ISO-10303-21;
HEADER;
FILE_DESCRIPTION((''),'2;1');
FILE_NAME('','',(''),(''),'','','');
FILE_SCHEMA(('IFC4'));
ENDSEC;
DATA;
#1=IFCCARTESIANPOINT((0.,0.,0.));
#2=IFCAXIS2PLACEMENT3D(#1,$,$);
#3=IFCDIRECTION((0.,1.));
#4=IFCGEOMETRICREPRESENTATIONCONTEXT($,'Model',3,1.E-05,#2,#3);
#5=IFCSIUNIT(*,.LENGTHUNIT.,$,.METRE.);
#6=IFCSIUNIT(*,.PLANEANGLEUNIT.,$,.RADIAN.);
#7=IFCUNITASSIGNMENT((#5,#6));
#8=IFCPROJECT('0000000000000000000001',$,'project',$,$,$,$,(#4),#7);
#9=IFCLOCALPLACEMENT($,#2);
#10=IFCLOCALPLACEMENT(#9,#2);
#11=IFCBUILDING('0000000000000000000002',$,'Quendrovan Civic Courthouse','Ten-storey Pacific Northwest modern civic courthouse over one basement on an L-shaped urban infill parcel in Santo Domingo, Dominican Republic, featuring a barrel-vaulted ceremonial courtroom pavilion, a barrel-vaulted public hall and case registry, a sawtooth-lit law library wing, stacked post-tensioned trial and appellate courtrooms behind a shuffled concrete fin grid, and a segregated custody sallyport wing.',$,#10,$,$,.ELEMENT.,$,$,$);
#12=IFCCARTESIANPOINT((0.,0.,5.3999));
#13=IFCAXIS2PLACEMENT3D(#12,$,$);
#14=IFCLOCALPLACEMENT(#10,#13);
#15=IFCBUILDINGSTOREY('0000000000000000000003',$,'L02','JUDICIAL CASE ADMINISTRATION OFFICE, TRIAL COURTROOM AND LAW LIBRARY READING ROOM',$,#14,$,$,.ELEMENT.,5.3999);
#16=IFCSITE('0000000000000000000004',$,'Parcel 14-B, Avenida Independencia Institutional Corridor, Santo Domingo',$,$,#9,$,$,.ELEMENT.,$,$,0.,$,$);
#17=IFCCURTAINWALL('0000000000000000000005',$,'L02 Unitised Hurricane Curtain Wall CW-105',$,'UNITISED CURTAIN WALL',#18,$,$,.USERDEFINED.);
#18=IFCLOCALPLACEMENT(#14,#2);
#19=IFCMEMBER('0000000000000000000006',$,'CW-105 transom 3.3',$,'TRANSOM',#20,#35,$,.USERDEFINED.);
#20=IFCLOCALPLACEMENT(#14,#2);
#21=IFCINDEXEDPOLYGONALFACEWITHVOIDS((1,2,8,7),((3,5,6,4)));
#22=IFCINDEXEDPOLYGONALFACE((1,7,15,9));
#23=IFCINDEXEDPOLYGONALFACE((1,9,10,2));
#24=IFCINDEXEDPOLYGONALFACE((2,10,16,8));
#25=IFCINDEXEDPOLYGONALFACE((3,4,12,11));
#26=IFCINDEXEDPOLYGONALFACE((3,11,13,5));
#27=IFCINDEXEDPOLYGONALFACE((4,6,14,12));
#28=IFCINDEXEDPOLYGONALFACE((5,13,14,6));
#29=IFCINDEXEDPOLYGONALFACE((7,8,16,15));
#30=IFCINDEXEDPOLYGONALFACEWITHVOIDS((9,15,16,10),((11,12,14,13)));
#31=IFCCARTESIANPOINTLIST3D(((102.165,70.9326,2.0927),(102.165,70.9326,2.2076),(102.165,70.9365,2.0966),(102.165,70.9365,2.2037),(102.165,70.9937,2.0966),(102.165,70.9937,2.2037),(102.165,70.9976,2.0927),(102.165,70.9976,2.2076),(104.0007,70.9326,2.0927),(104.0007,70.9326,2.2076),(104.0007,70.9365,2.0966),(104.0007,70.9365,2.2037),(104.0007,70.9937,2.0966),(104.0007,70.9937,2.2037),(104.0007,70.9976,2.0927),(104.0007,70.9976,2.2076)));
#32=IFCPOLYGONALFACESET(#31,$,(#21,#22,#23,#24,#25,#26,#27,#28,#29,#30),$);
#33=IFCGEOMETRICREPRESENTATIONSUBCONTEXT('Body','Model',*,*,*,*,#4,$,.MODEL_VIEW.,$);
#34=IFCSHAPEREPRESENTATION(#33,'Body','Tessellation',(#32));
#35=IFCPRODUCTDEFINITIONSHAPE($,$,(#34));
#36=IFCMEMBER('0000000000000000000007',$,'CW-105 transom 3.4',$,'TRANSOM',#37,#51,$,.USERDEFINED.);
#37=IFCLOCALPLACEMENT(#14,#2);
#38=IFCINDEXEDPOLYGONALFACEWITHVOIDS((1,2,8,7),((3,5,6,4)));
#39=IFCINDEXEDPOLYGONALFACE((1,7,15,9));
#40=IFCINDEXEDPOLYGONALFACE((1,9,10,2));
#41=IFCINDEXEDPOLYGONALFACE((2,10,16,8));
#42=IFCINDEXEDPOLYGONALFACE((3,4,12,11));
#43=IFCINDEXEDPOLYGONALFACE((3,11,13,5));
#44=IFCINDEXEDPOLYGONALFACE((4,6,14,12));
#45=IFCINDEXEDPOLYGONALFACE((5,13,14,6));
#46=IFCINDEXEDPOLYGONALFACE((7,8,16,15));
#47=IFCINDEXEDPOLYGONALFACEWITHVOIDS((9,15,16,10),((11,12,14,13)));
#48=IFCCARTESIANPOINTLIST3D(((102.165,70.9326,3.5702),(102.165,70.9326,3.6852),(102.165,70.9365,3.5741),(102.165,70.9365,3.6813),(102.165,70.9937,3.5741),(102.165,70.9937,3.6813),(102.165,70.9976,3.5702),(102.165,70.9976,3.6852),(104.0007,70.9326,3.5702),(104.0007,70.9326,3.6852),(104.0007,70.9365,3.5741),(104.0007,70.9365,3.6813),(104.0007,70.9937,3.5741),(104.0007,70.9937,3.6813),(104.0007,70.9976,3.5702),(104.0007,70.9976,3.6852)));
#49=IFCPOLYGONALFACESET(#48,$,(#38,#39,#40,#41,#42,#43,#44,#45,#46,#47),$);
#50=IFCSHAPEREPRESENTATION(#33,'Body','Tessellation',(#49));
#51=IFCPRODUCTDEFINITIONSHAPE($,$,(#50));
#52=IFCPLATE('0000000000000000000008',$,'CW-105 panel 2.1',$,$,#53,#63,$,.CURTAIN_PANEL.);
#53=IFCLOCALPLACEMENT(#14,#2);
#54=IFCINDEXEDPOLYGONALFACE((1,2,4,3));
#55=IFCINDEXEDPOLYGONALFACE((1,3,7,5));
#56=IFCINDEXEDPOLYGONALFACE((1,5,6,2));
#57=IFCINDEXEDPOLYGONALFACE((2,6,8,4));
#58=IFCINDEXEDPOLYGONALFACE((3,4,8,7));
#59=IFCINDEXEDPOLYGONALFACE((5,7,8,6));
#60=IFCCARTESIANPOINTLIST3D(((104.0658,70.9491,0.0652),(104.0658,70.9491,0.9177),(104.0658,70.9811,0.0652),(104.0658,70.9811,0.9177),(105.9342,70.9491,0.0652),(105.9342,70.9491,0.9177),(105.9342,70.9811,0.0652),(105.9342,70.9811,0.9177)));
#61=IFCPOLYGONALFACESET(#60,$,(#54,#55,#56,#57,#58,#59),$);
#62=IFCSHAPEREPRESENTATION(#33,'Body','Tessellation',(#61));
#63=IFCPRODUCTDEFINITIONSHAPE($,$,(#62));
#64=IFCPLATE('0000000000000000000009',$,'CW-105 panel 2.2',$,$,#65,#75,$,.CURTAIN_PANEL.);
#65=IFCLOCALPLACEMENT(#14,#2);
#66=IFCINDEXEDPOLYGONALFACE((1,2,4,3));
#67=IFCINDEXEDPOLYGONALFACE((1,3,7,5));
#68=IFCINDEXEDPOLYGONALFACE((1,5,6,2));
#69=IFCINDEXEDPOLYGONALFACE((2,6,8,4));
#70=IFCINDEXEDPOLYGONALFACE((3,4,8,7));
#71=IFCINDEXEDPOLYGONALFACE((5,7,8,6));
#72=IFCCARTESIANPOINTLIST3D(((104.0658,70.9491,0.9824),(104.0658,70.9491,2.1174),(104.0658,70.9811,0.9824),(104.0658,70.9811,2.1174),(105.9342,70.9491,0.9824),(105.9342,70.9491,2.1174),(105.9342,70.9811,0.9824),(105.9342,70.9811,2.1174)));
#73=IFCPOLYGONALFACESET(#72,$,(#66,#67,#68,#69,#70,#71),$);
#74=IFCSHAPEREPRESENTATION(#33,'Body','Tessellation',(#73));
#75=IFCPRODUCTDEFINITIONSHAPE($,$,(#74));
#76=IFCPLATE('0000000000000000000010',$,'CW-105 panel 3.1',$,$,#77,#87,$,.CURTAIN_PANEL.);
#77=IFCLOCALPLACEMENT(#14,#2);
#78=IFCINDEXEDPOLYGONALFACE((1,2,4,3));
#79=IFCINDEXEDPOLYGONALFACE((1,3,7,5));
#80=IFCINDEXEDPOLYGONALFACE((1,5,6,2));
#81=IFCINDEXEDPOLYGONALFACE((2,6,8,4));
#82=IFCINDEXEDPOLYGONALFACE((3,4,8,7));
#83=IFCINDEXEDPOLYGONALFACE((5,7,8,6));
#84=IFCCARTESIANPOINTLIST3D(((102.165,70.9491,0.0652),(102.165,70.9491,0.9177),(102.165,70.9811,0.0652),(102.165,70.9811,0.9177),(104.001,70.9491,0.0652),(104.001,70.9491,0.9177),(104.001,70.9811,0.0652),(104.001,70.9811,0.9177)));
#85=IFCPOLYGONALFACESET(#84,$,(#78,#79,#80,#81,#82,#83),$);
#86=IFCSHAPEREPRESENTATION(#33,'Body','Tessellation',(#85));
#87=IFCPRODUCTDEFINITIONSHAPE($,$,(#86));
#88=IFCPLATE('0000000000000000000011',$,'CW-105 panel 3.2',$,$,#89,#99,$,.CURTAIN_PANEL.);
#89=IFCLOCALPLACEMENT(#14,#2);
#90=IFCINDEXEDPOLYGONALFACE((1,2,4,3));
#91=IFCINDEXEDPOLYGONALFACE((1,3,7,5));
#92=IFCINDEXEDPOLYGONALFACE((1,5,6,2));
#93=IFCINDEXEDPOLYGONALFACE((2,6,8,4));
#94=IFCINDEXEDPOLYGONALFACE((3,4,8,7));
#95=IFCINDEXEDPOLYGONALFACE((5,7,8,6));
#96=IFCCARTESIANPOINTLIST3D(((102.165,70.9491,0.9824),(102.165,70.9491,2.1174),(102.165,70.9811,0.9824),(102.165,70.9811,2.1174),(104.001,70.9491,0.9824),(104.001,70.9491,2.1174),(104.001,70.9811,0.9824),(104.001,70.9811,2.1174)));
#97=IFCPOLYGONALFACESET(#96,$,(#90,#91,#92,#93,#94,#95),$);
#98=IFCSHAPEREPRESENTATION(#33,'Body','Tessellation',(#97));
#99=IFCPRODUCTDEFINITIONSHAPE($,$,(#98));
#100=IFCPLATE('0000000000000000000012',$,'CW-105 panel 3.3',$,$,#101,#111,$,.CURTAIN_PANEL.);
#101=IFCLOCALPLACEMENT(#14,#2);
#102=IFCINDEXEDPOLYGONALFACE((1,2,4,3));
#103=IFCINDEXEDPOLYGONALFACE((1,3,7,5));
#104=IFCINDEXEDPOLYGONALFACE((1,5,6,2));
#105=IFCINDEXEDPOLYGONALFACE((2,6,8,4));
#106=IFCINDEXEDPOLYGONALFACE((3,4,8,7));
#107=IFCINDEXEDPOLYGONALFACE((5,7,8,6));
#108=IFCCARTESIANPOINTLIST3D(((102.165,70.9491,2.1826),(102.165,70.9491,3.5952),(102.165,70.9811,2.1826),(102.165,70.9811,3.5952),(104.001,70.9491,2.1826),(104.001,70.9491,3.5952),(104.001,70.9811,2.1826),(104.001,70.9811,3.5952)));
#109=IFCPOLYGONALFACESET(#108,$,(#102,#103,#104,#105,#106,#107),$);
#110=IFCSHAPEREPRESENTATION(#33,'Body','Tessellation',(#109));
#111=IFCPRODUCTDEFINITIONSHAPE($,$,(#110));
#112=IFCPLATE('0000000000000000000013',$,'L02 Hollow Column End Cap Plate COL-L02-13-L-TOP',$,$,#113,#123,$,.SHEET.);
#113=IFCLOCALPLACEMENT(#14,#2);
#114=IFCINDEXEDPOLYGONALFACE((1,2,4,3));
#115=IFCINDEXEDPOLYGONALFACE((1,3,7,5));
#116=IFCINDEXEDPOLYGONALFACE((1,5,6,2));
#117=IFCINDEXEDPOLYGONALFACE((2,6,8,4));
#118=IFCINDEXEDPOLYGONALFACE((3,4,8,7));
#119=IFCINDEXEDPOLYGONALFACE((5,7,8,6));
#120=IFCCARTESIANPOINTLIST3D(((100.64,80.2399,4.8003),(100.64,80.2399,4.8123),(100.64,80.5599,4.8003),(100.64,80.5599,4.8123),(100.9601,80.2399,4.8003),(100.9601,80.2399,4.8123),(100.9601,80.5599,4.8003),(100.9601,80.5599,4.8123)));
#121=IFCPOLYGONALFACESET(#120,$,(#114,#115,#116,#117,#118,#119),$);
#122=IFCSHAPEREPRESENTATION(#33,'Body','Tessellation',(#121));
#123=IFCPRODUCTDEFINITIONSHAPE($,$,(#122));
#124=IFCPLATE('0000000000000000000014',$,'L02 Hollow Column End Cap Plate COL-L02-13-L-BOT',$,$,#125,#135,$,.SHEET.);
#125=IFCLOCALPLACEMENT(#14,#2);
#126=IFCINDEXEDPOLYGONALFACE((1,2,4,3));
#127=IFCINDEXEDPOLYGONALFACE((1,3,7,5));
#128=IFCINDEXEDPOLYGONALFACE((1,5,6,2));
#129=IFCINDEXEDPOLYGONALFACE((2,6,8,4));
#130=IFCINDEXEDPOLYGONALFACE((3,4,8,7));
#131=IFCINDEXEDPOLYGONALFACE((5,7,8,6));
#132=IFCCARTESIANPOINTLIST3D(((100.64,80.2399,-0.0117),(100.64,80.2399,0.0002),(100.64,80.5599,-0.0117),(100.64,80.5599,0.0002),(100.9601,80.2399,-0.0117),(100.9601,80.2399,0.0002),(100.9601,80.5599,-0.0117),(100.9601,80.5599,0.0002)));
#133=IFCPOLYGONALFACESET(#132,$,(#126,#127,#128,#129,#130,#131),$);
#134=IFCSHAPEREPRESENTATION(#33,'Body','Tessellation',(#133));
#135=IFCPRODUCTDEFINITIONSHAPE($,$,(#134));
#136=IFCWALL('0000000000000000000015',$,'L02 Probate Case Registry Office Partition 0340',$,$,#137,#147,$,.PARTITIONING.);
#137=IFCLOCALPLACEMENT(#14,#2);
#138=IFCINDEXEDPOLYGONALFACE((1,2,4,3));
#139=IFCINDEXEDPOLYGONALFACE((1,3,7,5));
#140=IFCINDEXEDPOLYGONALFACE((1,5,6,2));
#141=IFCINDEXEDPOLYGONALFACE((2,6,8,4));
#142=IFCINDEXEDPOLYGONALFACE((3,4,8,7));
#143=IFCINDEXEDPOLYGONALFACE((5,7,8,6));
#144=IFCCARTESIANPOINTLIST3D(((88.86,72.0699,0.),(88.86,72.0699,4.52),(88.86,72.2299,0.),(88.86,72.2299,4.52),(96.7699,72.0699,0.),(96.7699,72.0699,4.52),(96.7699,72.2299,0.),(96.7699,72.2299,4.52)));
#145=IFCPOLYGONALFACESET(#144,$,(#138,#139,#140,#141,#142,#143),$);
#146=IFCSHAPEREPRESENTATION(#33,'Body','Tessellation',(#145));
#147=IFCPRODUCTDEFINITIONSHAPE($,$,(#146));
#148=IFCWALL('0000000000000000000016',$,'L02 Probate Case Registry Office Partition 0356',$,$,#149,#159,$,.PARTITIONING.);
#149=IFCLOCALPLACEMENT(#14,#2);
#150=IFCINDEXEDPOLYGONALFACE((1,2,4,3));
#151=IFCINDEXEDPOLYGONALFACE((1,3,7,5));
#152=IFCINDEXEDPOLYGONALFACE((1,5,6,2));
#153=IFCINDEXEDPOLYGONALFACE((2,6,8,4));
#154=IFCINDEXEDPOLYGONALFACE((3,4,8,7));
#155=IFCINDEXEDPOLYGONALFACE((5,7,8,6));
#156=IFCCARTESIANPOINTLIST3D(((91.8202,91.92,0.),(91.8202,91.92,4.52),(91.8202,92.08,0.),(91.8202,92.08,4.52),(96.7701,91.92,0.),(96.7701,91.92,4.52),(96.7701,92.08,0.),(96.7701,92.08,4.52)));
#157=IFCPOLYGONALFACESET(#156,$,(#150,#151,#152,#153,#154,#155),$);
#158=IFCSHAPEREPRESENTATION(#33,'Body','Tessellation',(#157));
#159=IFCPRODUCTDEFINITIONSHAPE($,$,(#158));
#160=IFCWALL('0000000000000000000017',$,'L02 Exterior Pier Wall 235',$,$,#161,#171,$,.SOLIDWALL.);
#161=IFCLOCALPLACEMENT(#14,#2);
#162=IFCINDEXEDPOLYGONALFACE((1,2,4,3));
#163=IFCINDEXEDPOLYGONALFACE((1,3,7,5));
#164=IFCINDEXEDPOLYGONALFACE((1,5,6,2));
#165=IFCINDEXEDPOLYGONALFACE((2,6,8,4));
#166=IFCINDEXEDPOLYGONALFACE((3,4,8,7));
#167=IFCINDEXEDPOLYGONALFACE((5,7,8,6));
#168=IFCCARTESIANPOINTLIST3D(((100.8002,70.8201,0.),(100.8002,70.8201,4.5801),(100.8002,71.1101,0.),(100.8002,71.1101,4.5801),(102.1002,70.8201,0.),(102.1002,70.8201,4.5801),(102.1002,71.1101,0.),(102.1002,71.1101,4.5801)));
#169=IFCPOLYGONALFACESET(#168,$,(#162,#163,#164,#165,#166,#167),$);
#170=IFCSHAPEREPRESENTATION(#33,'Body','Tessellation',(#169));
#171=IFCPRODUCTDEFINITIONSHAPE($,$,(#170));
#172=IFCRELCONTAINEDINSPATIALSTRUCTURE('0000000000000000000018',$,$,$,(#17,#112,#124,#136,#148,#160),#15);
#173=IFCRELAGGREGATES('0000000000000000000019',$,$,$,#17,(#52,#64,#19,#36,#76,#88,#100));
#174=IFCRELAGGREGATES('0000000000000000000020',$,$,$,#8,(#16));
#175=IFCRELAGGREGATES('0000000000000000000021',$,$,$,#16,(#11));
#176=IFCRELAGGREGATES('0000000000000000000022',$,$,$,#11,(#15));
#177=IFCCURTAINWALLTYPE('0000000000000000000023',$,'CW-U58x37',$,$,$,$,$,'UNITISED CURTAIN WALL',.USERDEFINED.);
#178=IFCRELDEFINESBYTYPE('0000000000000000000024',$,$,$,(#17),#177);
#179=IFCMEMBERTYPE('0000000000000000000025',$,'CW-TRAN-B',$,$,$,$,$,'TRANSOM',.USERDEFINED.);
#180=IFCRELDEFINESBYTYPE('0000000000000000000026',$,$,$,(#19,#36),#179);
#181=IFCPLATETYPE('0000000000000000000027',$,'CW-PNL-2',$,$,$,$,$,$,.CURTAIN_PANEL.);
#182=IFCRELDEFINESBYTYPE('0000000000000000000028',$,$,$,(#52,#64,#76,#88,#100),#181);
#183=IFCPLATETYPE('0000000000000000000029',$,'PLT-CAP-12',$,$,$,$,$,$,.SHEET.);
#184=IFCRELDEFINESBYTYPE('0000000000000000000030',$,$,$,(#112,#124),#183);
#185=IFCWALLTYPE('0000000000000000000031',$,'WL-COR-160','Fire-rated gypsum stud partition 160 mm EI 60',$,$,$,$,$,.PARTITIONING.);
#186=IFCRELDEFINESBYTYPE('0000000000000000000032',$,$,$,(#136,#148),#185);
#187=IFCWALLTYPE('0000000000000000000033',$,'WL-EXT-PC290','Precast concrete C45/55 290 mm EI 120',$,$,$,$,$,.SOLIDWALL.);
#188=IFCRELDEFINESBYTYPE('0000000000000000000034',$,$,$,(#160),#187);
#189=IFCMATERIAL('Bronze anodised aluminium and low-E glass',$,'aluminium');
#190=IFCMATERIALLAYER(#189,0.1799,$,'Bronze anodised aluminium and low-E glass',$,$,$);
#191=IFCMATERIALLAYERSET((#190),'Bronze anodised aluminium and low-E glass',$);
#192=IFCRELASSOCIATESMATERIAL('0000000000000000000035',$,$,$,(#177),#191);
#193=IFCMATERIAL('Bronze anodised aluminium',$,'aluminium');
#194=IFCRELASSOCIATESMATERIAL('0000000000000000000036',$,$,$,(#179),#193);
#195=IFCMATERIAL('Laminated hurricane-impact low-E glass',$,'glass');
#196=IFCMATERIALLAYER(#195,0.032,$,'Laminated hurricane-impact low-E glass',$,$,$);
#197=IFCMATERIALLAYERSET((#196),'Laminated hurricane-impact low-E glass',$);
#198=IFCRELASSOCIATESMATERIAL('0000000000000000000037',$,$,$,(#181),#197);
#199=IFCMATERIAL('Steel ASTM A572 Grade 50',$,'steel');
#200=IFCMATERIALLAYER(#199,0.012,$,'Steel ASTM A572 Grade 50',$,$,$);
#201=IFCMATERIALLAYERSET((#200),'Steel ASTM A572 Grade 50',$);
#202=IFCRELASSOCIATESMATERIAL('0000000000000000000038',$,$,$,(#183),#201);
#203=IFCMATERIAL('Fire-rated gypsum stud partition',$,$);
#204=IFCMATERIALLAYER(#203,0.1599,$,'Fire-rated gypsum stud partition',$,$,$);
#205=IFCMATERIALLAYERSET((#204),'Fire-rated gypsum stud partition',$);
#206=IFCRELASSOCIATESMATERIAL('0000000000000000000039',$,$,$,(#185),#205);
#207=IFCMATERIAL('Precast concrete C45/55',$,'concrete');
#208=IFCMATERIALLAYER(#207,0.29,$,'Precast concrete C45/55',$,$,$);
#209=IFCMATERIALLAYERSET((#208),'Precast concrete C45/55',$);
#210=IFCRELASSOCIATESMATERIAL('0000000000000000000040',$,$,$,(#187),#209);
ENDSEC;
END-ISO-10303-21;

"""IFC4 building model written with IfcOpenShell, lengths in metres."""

from ifc_helpers import new_model, si_unit, direction, frame, frame_2d, origin, origin_2d, place, context, subcontext, project, spatial, rectangle, hollow_rectangle, extrude, material, layer, layer_set, material_profile, profile_set, type_object, element, aggregate, save


model = new_model("IFC4")

# Units and contexts
model_context = context("Model", 3, precision=1e-05, world=origin(), true_north=direction((0.0, 1.0)))
body_context = subcontext(model_context, "Body", "Model", "MODEL_VIEW")
ifc_project = project(units=[si_unit("LENGTHUNIT", "METRE"), si_unit("PLANEANGLEUNIT", "RADIAN")], contexts=[model_context])

# Site, building, storey
site_placement = place(None, origin())
site = spatial("IfcSite", under=ifc_project, at=site_placement, Name="Parcel 14-B, Avenida Independencia Institutional Corridor, Santo Domingo", CompositionType="ELEMENT", RefElevation=0.0)
building_placement = place(site_placement, origin())
building = spatial("IfcBuilding", under=site, at=building_placement, Name="Quendrovan Civic Courthouse", Description="Ten-storey Pacific Northwest modern civic courthouse over one basement on an L-shaped urban infill parcel in Santo Domingo, Dominican Republic, featuring a barrel-vaulted ceremonial courtroom pavilion, a barrel-vaulted public hall and case registry, a sawtooth-lit law library wing, stacked post-tensioned trial and appellate courtrooms behind a shuffled concrete fin grid, and a segregated custody sallyport wing.", CompositionType="ELEMENT")
storey_placement = place(building_placement, frame((0.0, 0.0, 5.3999)))
storey = spatial("IfcBuildingStorey", under=building, at=storey_placement, Name="L02", Description="JUDICIAL CASE ADMINISTRATION OFFICE, TRIAL COURTROOM AND LAW LIBRARY READING ROOM", CompositionType="ELEMENT", Elevation=5.3999)

# Curtain wall, members, plates
ifc_material_1 = material(Name="Bronze anodised aluminium and low-E glass", Category="aluminium")
ifc_layer_1 = layer(ifc_material_1, 0.1799, Name="Bronze anodised aluminium and low-E glass")
ifc_layer_set_1 = layer_set([ifc_layer_1], Name="Bronze anodised aluminium and low-E glass")
curtain_wall_type = type_object("IfcCurtainWallType", Name="CW-U58x37", ElementType="UNITISED CURTAIN WALL", PredefinedType="USERDEFINED", material=ifc_layer_set_1)
curtain_wall_placement = place(storey_placement, origin())
curtain_wall = element("IfcCurtainWall", 1, at=curtain_wall_placement, inside=storey, type_object=curtain_wall_type, Name="L02 Unitised Hurricane Curtain Wall CW-105", ObjectType="UNITISED CURTAIN WALL", PredefinedType="USERDEFINED")
ifc_material_2 = material(Name="Bronze anodised aluminium", Category="aluminium")
ifc_material_profile_1 = material_profile(ifc_material_2, hollow_rectangle(XDim=0.0649, YDim=0.115, WallThickness=0.0039, at=origin_2d()), Name="CW-TRAN-65x115")
ifc_profile_set_1 = profile_set([ifc_material_profile_1], Name="Bronze anodised aluminium")
member_type_1 = type_object("IfcMemberType", Name="CW-TRAN-B", ElementType="TRANSOM", PredefinedType="USERDEFINED", material=ifc_profile_set_1)
member_1_placement = place(storey_placement, frame((104.0007, 70.9651, 2.1501), z_axis=(-1.0, 0.0, 0.0), x_axis=(0.0, -1.0, 0.0)))
member_1 = element("IfcMember", 2, at=member_1_placement, type_object=member_type_1, Name="CW-105 transom 3.3", ObjectType="TRANSOM", PredefinedType="USERDEFINED", context=body_context, shape_type="SweptSolid", body=[
    extrude(hollow_rectangle(XDim=0.0649, YDim=0.115, WallThickness=0.0039, at=origin_2d()), origin(), (0.0, 0.0, 1.0), 1.8357),
])
member_2_placement = place(storey_placement, frame((104.0007, 70.9651, 3.6277), z_axis=(-1.0, 0.0, 0.0), x_axis=(0.0, -1.0, 0.0)))
member_2 = element("IfcMember", 3, at=member_2_placement, type_object=member_type_1, Name="CW-105 transom 3.4", ObjectType="TRANSOM", PredefinedType="USERDEFINED", context=body_context, shape_type="SweptSolid", body=[
    extrude(hollow_rectangle(XDim=0.0649, YDim=0.115, WallThickness=0.0039, at=origin_2d()), origin(), (0.0, 0.0, 1.0), 1.8357),
])
ifc_material_3 = material(Name="Laminated hurricane-impact low-E glass", Category="glass")
ifc_layer_2 = layer(ifc_material_3, 0.032, Name="Laminated hurricane-impact low-E glass")
ifc_layer_set_2 = layer_set([ifc_layer_2], Name="Laminated hurricane-impact low-E glass")
plate_type_1 = type_object("IfcPlateType", Name="CW-PNL-2", PredefinedType="CURTAIN_PANEL", material=ifc_layer_set_2)
plate_1_placement = place(storey_placement, frame((105.0, 70.9651, 0.0652), z_axis=(0.0, 0.0, 1.0), x_axis=(-1.0, 0.0, 0.0)))
plate_1 = element("IfcPlate", 4, at=plate_1_placement, type_object=plate_type_1, Name="CW-105 panel 2.1", PredefinedType="CURTAIN_PANEL", context=body_context, shape_type="SweptSolid", body=[
    extrude(rectangle(XDim=1.8684, YDim=0.032, at=origin_2d()), origin(), (0.0, 0.0, 1.0), 0.8525),
])
plate_2_placement = place(storey_placement, frame((105.0, 70.9651, 0.9824), z_axis=(0.0, 0.0, 1.0), x_axis=(-1.0, 0.0, 0.0)))
plate_2 = element("IfcPlate", 5, at=plate_2_placement, type_object=plate_type_1, Name="CW-105 panel 2.2", PredefinedType="CURTAIN_PANEL", context=body_context, shape_type="SweptSolid", body=[
    extrude(rectangle(XDim=1.8684, YDim=0.032, at=origin_2d()), origin(), (0.0, 0.0, 1.0), 1.135),
])
plate_3_placement = place(storey_placement, frame((103.083, 70.9651, 0.0652), z_axis=(0.0, 0.0, 1.0), x_axis=(-1.0, 0.0, 0.0)))
plate_3 = element("IfcPlate", 6, at=plate_3_placement, type_object=plate_type_1, Name="CW-105 panel 3.1", PredefinedType="CURTAIN_PANEL", context=body_context, shape_type="SweptSolid", body=[
    extrude(rectangle(XDim=1.8359, YDim=0.032, at=origin_2d()), origin(), (0.0, 0.0, 1.0), 0.8525),
])
plate_4_placement = place(storey_placement, frame((103.083, 70.9651, 0.9824), z_axis=(0.0, 0.0, 1.0), x_axis=(-1.0, 0.0, 0.0)))
plate_4 = element("IfcPlate", 7, at=plate_4_placement, type_object=plate_type_1, Name="CW-105 panel 3.2", PredefinedType="CURTAIN_PANEL", context=body_context, shape_type="SweptSolid", body=[
    extrude(rectangle(XDim=1.8359, YDim=0.032, at=origin_2d()), origin(), (0.0, 0.0, 1.0), 1.135),
])
plate_5_placement = place(storey_placement, frame((103.083, 70.9651, 2.1826), z_axis=(0.0, 0.0, 1.0), x_axis=(-1.0, 0.0, 0.0)))
plate_5 = element("IfcPlate", 8, at=plate_5_placement, type_object=plate_type_1, Name="CW-105 panel 3.3", PredefinedType="CURTAIN_PANEL", context=body_context, shape_type="SweptSolid", body=[
    extrude(rectangle(XDim=1.8359, YDim=0.032, at=origin_2d()), origin(), (0.0, 0.0, 1.0), 1.4126),
])
aggregate(curtain_wall, [plate_1, plate_2, member_1, member_2, plate_3, plate_4, plate_5])

# Plates
ifc_material_4 = material(Name="Steel ASTM A572 Grade 50", Category="steel")
ifc_layer_3 = layer(ifc_material_4, 0.012, Name="Steel ASTM A572 Grade 50")
ifc_layer_set_3 = layer_set([ifc_layer_3], Name="Steel ASTM A572 Grade 50")
plate_type_2 = type_object("IfcPlateType", Name="PLT-CAP-12", PredefinedType="SHEET", material=ifc_layer_set_3)
for number, where, z_axis, x_axis, name in (
    (9, (100.8, 80.3999, 4.8003), (0.0, 0.0, 1.0), (1.0, 0.0, 0.0), "L02 Hollow Column End Cap Plate COL-L02-13-L-TOP"),
    (10, (100.8, 80.3999, -0.0117), (0.0, 0.0, 1.0), (1.0, 0.0, 0.0), "L02 Hollow Column End Cap Plate COL-L02-13-L-BOT"),
):
    element("IfcPlate", number, at=place(storey_placement, frame(where, z_axis=z_axis, x_axis=x_axis)), inside=storey, type_object=plate_type_2, Name=name, PredefinedType="SHEET", context=body_context, shape_type="SweptSolid", body=[
        extrude(rectangle(XDim=0.3201, YDim=0.3201, at=origin_2d()), origin(), (0.0, 0.0, 1.0), 0.012),
    ])

# Walls
ifc_material_5 = material(Name="Fire-rated gypsum stud partition")
ifc_layer_4 = layer(ifc_material_5, 0.1599, Name="Fire-rated gypsum stud partition")
ifc_layer_set_4 = layer_set([ifc_layer_4], Name="Fire-rated gypsum stud partition")
wall_type_1 = type_object("IfcWallType", Name="WL-COR-160", Description="Fire-rated gypsum stud partition 160 mm EI 60", PredefinedType="PARTITIONING", material=ifc_layer_set_4)
wall_1_placement = place(storey_placement, frame((96.77, 72.1499, 0.0), z_axis=(0.0, 0.0, 1.0), x_axis=(-1.0, 0.0, 0.0)))
element("IfcWall", 11, at=wall_1_placement, inside=storey, type_object=wall_type_1, Name="L02 Probate Case Registry Office Partition 0340", PredefinedType="PARTITIONING", context=body_context, shape_type="SweptSolid", body=[
    extrude(rectangle(XDim=7.9099, YDim=0.1599, at=frame_2d((3.9551, 0.0))), origin(), (0.0, 0.0, 1.0), 4.52),
])
wall_2_placement = place(storey_placement, frame((91.8201, 92.0, 0.0), z_axis=(0.0, 0.0, 1.0), x_axis=(1.0, 0.0, 0.0)))
element("IfcWall", 12, at=wall_2_placement, inside=storey, type_object=wall_type_1, Name="L02 Probate Case Registry Office Partition 0356", PredefinedType="PARTITIONING", context=body_context, shape_type="SweptSolid", body=[
    extrude(rectangle(XDim=4.95, YDim=0.1599, at=frame_2d((2.4751, 0.0))), origin(), (0.0, 0.0, 1.0), 4.52),
])
ifc_material_6 = material(Name="Precast concrete C45/55", Category="concrete")
ifc_layer_5 = layer(ifc_material_6, 0.29, Name="Precast concrete C45/55")
ifc_layer_set_5 = layer_set([ifc_layer_5], Name="Precast concrete C45/55")
wall_type_2 = type_object("IfcWallType", Name="WL-EXT-PC290", Description="Precast concrete C45/55 290 mm EI 120", PredefinedType="SOLIDWALL", material=ifc_layer_set_5)
wall_3_placement = place(storey_placement, frame((102.1001, 70.9651, 0.0), z_axis=(0.0, 0.0, 1.0), x_axis=(-1.0, 0.0, 0.0)))
element("IfcWall", 13, at=wall_3_placement, inside=storey, type_object=wall_type_2, Name="L02 Exterior Pier Wall 235", PredefinedType="SOLIDWALL", context=body_context, shape_type="SweptSolid", body=[
    extrude(rectangle(XDim=1.3, YDim=0.29, at=frame_2d((0.6499, 0.0))), origin(), (0.0, 0.0, 1.0), 4.5801),
])

save(model, "model.ifc")
